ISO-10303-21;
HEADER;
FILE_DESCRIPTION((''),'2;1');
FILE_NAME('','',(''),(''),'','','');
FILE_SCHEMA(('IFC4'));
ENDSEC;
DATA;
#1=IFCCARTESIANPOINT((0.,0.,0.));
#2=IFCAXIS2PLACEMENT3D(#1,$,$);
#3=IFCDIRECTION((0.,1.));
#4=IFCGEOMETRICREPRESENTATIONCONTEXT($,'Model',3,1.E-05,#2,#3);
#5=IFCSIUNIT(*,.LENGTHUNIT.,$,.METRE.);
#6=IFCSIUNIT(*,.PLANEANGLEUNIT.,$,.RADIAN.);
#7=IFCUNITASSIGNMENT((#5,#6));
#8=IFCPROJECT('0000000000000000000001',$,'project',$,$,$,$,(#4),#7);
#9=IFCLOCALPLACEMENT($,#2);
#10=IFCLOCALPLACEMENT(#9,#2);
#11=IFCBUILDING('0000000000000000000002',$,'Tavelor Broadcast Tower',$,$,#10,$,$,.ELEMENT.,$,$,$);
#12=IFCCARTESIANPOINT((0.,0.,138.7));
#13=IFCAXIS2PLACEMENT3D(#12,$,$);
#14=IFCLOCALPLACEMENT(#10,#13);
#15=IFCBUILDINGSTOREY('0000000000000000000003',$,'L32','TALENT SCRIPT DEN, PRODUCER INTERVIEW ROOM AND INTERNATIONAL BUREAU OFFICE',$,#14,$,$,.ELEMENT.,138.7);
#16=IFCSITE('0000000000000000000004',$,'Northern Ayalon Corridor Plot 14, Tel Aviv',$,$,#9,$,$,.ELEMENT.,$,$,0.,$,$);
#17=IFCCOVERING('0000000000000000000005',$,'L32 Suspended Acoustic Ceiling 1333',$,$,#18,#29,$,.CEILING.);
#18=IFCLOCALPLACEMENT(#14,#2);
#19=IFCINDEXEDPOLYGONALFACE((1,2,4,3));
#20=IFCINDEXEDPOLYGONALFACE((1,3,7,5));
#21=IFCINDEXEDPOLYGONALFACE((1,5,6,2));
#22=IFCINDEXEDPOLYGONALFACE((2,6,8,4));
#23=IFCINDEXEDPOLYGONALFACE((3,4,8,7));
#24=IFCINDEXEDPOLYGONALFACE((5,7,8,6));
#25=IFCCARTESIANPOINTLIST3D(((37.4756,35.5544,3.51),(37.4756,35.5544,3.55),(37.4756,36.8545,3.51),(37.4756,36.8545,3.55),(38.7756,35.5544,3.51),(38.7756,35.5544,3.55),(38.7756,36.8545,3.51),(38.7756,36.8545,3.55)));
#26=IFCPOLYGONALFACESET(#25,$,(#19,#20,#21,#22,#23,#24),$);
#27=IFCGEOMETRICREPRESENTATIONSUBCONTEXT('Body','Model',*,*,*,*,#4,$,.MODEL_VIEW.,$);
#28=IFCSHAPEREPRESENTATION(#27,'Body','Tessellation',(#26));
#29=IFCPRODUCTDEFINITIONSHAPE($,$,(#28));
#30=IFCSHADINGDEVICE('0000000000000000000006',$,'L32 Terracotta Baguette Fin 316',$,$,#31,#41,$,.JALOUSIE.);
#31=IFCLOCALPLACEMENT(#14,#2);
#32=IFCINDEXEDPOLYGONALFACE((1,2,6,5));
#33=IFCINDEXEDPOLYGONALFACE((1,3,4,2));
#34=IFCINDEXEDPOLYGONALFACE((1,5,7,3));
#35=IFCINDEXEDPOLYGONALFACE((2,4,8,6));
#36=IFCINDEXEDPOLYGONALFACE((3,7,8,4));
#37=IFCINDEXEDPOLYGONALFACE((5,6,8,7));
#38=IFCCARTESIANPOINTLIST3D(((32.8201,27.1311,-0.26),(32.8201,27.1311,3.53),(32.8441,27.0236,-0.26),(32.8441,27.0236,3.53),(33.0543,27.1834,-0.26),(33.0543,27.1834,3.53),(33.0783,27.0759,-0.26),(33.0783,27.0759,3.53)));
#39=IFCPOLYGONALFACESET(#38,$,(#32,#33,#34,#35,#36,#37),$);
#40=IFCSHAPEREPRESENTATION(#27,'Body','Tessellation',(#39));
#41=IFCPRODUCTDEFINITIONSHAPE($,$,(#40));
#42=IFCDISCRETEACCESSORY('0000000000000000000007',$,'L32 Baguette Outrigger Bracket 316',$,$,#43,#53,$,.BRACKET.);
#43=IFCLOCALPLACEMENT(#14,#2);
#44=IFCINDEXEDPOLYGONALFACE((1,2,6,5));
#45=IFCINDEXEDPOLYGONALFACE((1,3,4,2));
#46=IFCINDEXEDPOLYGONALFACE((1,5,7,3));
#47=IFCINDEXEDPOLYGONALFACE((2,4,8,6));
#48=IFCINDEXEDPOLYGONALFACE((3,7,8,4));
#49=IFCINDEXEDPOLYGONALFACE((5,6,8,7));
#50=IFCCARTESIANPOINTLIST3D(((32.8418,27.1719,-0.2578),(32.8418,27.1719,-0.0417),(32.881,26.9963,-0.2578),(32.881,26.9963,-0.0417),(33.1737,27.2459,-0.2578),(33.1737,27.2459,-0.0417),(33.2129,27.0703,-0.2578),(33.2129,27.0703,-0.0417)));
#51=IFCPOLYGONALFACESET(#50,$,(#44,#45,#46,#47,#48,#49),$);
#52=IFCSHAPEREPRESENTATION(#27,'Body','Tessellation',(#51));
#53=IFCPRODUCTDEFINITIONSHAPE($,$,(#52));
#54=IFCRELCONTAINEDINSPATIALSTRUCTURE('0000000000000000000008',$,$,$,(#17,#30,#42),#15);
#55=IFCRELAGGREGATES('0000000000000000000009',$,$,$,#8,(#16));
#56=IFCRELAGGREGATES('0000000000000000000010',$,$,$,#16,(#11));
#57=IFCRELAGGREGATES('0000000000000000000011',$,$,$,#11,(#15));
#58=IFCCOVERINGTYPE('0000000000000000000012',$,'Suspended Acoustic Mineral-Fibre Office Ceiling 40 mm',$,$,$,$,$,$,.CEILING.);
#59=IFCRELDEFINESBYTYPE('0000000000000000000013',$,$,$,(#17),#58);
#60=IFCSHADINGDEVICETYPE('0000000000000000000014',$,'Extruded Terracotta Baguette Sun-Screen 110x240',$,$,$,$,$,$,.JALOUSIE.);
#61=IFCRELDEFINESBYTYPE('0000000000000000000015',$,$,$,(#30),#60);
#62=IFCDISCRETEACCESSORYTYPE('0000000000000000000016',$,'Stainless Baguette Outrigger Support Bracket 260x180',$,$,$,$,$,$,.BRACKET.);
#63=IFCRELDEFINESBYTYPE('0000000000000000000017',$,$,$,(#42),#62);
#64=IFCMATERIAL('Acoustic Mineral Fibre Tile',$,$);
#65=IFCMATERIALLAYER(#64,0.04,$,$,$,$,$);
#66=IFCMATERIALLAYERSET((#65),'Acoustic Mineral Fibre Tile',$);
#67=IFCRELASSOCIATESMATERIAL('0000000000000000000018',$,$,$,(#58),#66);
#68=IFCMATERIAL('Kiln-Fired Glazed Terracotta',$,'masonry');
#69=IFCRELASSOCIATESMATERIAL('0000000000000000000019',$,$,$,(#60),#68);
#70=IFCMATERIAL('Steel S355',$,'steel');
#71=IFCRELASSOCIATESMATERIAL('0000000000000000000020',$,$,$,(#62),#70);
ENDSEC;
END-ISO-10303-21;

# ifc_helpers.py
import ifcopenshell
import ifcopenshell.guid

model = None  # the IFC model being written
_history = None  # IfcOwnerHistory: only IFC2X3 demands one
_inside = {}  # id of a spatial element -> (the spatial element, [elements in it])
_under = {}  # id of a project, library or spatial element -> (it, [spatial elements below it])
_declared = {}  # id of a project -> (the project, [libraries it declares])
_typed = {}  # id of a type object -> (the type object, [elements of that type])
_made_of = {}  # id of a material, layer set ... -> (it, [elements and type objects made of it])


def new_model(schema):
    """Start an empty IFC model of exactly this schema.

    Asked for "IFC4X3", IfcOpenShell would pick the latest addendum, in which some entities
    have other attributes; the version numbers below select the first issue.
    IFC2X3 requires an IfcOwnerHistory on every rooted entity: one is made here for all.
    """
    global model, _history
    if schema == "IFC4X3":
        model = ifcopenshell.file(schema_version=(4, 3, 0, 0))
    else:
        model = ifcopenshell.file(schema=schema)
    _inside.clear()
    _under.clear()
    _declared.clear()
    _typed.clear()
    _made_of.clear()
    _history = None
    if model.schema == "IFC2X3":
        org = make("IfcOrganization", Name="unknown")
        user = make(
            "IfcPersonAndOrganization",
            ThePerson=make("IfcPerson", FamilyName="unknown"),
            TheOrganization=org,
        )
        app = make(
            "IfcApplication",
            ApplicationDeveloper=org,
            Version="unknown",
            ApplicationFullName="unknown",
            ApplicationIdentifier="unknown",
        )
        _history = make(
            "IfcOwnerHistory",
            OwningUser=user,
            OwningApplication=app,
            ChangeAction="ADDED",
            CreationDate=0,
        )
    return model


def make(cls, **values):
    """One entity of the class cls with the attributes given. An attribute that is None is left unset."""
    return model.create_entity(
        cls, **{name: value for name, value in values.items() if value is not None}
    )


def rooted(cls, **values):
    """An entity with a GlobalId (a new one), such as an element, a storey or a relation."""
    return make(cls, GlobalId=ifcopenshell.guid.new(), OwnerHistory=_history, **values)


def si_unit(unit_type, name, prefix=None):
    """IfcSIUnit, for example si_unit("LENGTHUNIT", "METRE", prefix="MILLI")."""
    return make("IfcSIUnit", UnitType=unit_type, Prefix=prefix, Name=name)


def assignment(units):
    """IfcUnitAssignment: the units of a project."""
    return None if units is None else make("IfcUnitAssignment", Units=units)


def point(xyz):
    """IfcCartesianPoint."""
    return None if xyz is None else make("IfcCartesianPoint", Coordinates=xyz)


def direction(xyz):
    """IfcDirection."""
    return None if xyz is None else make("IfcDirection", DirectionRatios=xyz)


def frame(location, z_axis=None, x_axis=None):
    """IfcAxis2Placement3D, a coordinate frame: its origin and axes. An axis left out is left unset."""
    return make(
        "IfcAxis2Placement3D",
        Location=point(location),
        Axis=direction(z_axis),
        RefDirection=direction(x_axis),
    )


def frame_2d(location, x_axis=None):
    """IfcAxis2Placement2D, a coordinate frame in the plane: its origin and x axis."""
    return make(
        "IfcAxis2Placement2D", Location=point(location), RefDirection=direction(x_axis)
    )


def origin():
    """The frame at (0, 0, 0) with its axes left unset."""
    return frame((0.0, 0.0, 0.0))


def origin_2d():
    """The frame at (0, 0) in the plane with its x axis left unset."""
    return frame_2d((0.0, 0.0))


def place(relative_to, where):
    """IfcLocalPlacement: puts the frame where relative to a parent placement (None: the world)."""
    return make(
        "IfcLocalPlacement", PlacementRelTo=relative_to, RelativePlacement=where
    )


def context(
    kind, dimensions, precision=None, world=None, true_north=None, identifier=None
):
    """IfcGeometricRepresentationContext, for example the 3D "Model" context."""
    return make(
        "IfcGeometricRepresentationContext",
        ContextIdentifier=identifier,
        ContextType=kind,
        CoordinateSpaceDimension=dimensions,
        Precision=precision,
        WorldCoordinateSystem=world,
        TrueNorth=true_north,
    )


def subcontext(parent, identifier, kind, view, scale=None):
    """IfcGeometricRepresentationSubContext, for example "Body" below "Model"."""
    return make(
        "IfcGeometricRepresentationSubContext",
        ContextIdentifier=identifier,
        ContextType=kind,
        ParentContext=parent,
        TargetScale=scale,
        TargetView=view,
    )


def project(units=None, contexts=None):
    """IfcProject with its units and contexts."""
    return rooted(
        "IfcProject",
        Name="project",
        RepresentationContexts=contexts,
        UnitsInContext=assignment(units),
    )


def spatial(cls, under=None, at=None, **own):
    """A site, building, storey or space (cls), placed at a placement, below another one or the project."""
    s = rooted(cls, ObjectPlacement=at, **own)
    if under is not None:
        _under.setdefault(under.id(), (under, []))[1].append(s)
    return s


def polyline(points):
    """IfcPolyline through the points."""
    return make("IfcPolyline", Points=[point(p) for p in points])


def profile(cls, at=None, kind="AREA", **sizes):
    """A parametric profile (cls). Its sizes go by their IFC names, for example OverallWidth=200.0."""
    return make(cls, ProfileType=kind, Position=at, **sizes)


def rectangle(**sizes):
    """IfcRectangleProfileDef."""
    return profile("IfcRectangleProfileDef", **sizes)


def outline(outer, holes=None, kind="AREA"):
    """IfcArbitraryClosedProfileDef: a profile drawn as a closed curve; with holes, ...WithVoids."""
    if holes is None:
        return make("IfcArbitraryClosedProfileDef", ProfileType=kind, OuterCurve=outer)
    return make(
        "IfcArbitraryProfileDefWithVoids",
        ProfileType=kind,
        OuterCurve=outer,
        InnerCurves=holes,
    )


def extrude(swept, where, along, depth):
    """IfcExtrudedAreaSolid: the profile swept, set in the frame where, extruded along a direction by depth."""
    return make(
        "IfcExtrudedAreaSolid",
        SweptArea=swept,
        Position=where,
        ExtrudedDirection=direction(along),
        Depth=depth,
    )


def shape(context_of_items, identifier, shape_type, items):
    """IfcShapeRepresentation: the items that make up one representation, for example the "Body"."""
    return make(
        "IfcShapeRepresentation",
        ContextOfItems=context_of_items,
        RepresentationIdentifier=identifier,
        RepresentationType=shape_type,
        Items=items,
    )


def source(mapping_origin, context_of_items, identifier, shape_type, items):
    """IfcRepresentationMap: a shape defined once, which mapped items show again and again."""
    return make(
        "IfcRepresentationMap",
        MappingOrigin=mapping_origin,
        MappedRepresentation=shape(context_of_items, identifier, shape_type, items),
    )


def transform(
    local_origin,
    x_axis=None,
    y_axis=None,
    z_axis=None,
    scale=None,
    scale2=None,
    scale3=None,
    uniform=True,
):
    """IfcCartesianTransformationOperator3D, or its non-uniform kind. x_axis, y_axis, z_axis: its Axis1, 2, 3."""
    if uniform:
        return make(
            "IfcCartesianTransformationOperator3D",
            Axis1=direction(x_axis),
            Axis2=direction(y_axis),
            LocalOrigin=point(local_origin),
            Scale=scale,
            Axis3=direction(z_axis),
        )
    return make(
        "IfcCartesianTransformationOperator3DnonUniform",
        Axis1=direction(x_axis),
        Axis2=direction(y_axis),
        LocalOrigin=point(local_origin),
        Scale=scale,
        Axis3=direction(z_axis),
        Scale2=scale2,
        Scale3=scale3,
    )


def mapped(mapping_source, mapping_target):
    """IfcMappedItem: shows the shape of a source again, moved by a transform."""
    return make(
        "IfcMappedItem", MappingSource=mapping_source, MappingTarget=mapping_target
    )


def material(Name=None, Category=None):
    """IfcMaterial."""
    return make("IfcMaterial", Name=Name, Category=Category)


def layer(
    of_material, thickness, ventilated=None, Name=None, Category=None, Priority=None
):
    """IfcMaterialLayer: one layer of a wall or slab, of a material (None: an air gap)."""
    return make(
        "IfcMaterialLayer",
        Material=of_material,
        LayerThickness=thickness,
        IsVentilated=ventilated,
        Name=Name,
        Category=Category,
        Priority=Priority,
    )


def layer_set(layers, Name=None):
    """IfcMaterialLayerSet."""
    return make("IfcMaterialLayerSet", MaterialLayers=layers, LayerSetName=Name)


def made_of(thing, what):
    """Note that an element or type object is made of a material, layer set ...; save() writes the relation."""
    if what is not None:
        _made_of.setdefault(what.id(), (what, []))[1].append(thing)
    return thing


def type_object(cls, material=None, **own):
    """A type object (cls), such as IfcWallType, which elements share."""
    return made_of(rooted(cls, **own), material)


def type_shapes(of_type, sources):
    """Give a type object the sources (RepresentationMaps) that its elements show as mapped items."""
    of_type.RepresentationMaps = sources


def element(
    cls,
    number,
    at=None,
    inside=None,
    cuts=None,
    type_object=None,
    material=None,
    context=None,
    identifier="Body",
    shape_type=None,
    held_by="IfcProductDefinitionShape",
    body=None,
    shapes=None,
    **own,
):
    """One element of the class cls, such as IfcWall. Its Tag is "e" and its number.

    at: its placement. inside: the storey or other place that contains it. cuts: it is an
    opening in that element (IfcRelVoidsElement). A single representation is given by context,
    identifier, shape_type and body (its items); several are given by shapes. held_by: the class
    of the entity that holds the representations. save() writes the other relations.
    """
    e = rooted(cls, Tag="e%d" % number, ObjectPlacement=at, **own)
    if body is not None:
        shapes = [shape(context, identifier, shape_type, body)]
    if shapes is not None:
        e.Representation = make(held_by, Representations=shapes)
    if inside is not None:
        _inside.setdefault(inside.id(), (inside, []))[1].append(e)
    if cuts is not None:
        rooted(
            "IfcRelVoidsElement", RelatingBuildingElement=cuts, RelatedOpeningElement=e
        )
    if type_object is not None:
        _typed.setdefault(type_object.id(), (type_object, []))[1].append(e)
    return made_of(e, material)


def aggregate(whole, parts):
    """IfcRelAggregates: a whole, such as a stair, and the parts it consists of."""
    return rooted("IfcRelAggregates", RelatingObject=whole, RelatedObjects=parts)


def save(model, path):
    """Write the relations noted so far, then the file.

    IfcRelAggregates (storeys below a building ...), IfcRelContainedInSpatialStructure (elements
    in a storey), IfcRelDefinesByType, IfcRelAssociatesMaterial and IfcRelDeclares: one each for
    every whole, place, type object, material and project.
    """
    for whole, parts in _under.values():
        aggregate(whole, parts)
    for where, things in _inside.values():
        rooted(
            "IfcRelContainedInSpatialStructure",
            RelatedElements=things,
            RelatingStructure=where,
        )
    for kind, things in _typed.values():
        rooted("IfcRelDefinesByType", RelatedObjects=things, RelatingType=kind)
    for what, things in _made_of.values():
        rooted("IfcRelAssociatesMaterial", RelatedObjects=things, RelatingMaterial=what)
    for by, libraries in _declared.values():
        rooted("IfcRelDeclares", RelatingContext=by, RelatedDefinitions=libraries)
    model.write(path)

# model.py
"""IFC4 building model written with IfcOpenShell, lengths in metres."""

from ifc_helpers import new_model, si_unit, direction, frame, origin, origin_2d, place, context, subcontext, project, spatial, polyline, rectangle, outline, extrude, source, transform, mapped, material, layer, layer_set, type_object, type_shapes, element, save


model = new_model("IFC4")

# Units and contexts
model_context = context("Model", 3, precision=1e-05, world=origin(), true_north=direction((0.0, 1.0)))
body_context = subcontext(model_context, "Body", "Model", "MODEL_VIEW")
ifc_project = project(units=[si_unit("LENGTHUNIT", "METRE"), si_unit("PLANEANGLEUNIT", "RADIAN")], contexts=[model_context])

# Site, building, storey
site_placement = place(None, origin())
site = spatial("IfcSite", under=ifc_project, at=site_placement, Name="Northern Ayalon Corridor Plot 14, Tel Aviv", CompositionType="ELEMENT", RefElevation=0.0)
building_placement = place(site_placement, origin())
building = spatial("IfcBuilding", under=site, at=building_placement, Name="Tavelor Broadcast Tower", CompositionType="ELEMENT")
storey_placement = place(building_placement, frame((0.0, 0.0, 138.7)))
storey = spatial("IfcBuildingStorey", under=building, at=storey_placement, Name="L32", Description="TALENT SCRIPT DEN, PRODUCER INTERVIEW ROOM AND INTERNATIONAL BUREAU OFFICE", CompositionType="ELEMENT", Elevation=138.7)

# Shared definitions
ifc_material_1 = material(Name="Steel S355", Category="steel")

# Covering
ifc_material_2 = material(Name="Acoustic Mineral Fibre Tile")
ifc_layer_1 = layer(ifc_material_2, 0.04)
ifc_layer_set_1 = layer_set([ifc_layer_1], Name="Acoustic Mineral Fibre Tile")
covering_type_1 = type_object("IfcCoveringType", Name="Suspended Acoustic Mineral-Fibre Office Ceiling 40 mm", PredefinedType="CEILING", material=ifc_layer_set_1)
covering_1_placement = place(storey_placement, frame((0.0, 0.0, 3.51)))
element("IfcCovering", 1, at=covering_1_placement, inside=storey, type_object=covering_type_1, Name="L32 Suspended Acoustic Ceiling 1333", PredefinedType="CEILING", context=body_context, shape_type="SweptSolid", body=[
    extrude(outline(polyline([(37.4756, 35.5544), (38.7756, 35.5544), (38.7756, 36.8545), (37.4756, 36.8545), (37.4756, 35.5544)])), origin(), (0.0, 0.0, 1.0), 0.04),
])

# Shading device
ifc_material_3 = material(Name="Kiln-Fired Glazed Terracotta", Category="masonry")
shading_device_type = type_object("IfcShadingDeviceType", Name="Extruded Terracotta Baguette Sun-Screen 110x240", PredefinedType="JALOUSIE", material=ifc_material_3)
shared_shape_1 = source(origin(), body_context, "Body", "SweptSolid", [
    extrude(rectangle(XDim=0.1101, YDim=0.24, at=origin_2d()), origin(), (0.0, 0.0, 1.0), 3.79),
])
type_shapes(shading_device_type, [shared_shape_1])
shading_device_placement = place(storey_placement, frame((32.9492, 27.1035, -0.26), z_axis=(0.0, 0.0, 1.0), x_axis=(0.217803, -0.975993, 0.0)))
element("IfcShadingDevice", 2, at=shading_device_placement, inside=storey, type_object=shading_device_type, Name="L32 Terracotta Baguette Fin 316", PredefinedType="JALOUSIE", context=body_context, shape_type="MappedRepresentation", body=[
    mapped(shared_shape_1, transform((0.0, 0.0, 0.0), scale=1.0)),
])

# Discrete accessory
discrete_accessory_type = type_object("IfcDiscreteAccessoryType", Name="Stainless Baguette Outrigger Support Bracket 260x180", PredefinedType="BRACKET", material=ifc_material_1)
shared_shape_2 = source(origin(), body_context, "Body", "SweptSolid", [
    extrude(rectangle(XDim=0.1799, YDim=0.3401, at=origin_2d()), origin(), (0.0, 0.0, 1.0), 0.2161),
])
type_shapes(discrete_accessory_type, [shared_shape_2])
discrete_accessory_placement = place(storey_placement, frame((33.0273, 27.1211, -0.2578), z_axis=(0.0, 0.0, 1.0), x_axis=(0.217803, -0.975993, 0.0)))
element("IfcDiscreteAccessory", 3, at=discrete_accessory_placement, inside=storey, type_object=discrete_accessory_type, Name="L32 Baguette Outrigger Bracket 316", PredefinedType="BRACKET", context=body_context, shape_type="MappedRepresentation", body=[
    mapped(shared_shape_2, transform((0.0, 0.0, 0.0), scale=1.0)),
])

save(model, "model.ifc")
